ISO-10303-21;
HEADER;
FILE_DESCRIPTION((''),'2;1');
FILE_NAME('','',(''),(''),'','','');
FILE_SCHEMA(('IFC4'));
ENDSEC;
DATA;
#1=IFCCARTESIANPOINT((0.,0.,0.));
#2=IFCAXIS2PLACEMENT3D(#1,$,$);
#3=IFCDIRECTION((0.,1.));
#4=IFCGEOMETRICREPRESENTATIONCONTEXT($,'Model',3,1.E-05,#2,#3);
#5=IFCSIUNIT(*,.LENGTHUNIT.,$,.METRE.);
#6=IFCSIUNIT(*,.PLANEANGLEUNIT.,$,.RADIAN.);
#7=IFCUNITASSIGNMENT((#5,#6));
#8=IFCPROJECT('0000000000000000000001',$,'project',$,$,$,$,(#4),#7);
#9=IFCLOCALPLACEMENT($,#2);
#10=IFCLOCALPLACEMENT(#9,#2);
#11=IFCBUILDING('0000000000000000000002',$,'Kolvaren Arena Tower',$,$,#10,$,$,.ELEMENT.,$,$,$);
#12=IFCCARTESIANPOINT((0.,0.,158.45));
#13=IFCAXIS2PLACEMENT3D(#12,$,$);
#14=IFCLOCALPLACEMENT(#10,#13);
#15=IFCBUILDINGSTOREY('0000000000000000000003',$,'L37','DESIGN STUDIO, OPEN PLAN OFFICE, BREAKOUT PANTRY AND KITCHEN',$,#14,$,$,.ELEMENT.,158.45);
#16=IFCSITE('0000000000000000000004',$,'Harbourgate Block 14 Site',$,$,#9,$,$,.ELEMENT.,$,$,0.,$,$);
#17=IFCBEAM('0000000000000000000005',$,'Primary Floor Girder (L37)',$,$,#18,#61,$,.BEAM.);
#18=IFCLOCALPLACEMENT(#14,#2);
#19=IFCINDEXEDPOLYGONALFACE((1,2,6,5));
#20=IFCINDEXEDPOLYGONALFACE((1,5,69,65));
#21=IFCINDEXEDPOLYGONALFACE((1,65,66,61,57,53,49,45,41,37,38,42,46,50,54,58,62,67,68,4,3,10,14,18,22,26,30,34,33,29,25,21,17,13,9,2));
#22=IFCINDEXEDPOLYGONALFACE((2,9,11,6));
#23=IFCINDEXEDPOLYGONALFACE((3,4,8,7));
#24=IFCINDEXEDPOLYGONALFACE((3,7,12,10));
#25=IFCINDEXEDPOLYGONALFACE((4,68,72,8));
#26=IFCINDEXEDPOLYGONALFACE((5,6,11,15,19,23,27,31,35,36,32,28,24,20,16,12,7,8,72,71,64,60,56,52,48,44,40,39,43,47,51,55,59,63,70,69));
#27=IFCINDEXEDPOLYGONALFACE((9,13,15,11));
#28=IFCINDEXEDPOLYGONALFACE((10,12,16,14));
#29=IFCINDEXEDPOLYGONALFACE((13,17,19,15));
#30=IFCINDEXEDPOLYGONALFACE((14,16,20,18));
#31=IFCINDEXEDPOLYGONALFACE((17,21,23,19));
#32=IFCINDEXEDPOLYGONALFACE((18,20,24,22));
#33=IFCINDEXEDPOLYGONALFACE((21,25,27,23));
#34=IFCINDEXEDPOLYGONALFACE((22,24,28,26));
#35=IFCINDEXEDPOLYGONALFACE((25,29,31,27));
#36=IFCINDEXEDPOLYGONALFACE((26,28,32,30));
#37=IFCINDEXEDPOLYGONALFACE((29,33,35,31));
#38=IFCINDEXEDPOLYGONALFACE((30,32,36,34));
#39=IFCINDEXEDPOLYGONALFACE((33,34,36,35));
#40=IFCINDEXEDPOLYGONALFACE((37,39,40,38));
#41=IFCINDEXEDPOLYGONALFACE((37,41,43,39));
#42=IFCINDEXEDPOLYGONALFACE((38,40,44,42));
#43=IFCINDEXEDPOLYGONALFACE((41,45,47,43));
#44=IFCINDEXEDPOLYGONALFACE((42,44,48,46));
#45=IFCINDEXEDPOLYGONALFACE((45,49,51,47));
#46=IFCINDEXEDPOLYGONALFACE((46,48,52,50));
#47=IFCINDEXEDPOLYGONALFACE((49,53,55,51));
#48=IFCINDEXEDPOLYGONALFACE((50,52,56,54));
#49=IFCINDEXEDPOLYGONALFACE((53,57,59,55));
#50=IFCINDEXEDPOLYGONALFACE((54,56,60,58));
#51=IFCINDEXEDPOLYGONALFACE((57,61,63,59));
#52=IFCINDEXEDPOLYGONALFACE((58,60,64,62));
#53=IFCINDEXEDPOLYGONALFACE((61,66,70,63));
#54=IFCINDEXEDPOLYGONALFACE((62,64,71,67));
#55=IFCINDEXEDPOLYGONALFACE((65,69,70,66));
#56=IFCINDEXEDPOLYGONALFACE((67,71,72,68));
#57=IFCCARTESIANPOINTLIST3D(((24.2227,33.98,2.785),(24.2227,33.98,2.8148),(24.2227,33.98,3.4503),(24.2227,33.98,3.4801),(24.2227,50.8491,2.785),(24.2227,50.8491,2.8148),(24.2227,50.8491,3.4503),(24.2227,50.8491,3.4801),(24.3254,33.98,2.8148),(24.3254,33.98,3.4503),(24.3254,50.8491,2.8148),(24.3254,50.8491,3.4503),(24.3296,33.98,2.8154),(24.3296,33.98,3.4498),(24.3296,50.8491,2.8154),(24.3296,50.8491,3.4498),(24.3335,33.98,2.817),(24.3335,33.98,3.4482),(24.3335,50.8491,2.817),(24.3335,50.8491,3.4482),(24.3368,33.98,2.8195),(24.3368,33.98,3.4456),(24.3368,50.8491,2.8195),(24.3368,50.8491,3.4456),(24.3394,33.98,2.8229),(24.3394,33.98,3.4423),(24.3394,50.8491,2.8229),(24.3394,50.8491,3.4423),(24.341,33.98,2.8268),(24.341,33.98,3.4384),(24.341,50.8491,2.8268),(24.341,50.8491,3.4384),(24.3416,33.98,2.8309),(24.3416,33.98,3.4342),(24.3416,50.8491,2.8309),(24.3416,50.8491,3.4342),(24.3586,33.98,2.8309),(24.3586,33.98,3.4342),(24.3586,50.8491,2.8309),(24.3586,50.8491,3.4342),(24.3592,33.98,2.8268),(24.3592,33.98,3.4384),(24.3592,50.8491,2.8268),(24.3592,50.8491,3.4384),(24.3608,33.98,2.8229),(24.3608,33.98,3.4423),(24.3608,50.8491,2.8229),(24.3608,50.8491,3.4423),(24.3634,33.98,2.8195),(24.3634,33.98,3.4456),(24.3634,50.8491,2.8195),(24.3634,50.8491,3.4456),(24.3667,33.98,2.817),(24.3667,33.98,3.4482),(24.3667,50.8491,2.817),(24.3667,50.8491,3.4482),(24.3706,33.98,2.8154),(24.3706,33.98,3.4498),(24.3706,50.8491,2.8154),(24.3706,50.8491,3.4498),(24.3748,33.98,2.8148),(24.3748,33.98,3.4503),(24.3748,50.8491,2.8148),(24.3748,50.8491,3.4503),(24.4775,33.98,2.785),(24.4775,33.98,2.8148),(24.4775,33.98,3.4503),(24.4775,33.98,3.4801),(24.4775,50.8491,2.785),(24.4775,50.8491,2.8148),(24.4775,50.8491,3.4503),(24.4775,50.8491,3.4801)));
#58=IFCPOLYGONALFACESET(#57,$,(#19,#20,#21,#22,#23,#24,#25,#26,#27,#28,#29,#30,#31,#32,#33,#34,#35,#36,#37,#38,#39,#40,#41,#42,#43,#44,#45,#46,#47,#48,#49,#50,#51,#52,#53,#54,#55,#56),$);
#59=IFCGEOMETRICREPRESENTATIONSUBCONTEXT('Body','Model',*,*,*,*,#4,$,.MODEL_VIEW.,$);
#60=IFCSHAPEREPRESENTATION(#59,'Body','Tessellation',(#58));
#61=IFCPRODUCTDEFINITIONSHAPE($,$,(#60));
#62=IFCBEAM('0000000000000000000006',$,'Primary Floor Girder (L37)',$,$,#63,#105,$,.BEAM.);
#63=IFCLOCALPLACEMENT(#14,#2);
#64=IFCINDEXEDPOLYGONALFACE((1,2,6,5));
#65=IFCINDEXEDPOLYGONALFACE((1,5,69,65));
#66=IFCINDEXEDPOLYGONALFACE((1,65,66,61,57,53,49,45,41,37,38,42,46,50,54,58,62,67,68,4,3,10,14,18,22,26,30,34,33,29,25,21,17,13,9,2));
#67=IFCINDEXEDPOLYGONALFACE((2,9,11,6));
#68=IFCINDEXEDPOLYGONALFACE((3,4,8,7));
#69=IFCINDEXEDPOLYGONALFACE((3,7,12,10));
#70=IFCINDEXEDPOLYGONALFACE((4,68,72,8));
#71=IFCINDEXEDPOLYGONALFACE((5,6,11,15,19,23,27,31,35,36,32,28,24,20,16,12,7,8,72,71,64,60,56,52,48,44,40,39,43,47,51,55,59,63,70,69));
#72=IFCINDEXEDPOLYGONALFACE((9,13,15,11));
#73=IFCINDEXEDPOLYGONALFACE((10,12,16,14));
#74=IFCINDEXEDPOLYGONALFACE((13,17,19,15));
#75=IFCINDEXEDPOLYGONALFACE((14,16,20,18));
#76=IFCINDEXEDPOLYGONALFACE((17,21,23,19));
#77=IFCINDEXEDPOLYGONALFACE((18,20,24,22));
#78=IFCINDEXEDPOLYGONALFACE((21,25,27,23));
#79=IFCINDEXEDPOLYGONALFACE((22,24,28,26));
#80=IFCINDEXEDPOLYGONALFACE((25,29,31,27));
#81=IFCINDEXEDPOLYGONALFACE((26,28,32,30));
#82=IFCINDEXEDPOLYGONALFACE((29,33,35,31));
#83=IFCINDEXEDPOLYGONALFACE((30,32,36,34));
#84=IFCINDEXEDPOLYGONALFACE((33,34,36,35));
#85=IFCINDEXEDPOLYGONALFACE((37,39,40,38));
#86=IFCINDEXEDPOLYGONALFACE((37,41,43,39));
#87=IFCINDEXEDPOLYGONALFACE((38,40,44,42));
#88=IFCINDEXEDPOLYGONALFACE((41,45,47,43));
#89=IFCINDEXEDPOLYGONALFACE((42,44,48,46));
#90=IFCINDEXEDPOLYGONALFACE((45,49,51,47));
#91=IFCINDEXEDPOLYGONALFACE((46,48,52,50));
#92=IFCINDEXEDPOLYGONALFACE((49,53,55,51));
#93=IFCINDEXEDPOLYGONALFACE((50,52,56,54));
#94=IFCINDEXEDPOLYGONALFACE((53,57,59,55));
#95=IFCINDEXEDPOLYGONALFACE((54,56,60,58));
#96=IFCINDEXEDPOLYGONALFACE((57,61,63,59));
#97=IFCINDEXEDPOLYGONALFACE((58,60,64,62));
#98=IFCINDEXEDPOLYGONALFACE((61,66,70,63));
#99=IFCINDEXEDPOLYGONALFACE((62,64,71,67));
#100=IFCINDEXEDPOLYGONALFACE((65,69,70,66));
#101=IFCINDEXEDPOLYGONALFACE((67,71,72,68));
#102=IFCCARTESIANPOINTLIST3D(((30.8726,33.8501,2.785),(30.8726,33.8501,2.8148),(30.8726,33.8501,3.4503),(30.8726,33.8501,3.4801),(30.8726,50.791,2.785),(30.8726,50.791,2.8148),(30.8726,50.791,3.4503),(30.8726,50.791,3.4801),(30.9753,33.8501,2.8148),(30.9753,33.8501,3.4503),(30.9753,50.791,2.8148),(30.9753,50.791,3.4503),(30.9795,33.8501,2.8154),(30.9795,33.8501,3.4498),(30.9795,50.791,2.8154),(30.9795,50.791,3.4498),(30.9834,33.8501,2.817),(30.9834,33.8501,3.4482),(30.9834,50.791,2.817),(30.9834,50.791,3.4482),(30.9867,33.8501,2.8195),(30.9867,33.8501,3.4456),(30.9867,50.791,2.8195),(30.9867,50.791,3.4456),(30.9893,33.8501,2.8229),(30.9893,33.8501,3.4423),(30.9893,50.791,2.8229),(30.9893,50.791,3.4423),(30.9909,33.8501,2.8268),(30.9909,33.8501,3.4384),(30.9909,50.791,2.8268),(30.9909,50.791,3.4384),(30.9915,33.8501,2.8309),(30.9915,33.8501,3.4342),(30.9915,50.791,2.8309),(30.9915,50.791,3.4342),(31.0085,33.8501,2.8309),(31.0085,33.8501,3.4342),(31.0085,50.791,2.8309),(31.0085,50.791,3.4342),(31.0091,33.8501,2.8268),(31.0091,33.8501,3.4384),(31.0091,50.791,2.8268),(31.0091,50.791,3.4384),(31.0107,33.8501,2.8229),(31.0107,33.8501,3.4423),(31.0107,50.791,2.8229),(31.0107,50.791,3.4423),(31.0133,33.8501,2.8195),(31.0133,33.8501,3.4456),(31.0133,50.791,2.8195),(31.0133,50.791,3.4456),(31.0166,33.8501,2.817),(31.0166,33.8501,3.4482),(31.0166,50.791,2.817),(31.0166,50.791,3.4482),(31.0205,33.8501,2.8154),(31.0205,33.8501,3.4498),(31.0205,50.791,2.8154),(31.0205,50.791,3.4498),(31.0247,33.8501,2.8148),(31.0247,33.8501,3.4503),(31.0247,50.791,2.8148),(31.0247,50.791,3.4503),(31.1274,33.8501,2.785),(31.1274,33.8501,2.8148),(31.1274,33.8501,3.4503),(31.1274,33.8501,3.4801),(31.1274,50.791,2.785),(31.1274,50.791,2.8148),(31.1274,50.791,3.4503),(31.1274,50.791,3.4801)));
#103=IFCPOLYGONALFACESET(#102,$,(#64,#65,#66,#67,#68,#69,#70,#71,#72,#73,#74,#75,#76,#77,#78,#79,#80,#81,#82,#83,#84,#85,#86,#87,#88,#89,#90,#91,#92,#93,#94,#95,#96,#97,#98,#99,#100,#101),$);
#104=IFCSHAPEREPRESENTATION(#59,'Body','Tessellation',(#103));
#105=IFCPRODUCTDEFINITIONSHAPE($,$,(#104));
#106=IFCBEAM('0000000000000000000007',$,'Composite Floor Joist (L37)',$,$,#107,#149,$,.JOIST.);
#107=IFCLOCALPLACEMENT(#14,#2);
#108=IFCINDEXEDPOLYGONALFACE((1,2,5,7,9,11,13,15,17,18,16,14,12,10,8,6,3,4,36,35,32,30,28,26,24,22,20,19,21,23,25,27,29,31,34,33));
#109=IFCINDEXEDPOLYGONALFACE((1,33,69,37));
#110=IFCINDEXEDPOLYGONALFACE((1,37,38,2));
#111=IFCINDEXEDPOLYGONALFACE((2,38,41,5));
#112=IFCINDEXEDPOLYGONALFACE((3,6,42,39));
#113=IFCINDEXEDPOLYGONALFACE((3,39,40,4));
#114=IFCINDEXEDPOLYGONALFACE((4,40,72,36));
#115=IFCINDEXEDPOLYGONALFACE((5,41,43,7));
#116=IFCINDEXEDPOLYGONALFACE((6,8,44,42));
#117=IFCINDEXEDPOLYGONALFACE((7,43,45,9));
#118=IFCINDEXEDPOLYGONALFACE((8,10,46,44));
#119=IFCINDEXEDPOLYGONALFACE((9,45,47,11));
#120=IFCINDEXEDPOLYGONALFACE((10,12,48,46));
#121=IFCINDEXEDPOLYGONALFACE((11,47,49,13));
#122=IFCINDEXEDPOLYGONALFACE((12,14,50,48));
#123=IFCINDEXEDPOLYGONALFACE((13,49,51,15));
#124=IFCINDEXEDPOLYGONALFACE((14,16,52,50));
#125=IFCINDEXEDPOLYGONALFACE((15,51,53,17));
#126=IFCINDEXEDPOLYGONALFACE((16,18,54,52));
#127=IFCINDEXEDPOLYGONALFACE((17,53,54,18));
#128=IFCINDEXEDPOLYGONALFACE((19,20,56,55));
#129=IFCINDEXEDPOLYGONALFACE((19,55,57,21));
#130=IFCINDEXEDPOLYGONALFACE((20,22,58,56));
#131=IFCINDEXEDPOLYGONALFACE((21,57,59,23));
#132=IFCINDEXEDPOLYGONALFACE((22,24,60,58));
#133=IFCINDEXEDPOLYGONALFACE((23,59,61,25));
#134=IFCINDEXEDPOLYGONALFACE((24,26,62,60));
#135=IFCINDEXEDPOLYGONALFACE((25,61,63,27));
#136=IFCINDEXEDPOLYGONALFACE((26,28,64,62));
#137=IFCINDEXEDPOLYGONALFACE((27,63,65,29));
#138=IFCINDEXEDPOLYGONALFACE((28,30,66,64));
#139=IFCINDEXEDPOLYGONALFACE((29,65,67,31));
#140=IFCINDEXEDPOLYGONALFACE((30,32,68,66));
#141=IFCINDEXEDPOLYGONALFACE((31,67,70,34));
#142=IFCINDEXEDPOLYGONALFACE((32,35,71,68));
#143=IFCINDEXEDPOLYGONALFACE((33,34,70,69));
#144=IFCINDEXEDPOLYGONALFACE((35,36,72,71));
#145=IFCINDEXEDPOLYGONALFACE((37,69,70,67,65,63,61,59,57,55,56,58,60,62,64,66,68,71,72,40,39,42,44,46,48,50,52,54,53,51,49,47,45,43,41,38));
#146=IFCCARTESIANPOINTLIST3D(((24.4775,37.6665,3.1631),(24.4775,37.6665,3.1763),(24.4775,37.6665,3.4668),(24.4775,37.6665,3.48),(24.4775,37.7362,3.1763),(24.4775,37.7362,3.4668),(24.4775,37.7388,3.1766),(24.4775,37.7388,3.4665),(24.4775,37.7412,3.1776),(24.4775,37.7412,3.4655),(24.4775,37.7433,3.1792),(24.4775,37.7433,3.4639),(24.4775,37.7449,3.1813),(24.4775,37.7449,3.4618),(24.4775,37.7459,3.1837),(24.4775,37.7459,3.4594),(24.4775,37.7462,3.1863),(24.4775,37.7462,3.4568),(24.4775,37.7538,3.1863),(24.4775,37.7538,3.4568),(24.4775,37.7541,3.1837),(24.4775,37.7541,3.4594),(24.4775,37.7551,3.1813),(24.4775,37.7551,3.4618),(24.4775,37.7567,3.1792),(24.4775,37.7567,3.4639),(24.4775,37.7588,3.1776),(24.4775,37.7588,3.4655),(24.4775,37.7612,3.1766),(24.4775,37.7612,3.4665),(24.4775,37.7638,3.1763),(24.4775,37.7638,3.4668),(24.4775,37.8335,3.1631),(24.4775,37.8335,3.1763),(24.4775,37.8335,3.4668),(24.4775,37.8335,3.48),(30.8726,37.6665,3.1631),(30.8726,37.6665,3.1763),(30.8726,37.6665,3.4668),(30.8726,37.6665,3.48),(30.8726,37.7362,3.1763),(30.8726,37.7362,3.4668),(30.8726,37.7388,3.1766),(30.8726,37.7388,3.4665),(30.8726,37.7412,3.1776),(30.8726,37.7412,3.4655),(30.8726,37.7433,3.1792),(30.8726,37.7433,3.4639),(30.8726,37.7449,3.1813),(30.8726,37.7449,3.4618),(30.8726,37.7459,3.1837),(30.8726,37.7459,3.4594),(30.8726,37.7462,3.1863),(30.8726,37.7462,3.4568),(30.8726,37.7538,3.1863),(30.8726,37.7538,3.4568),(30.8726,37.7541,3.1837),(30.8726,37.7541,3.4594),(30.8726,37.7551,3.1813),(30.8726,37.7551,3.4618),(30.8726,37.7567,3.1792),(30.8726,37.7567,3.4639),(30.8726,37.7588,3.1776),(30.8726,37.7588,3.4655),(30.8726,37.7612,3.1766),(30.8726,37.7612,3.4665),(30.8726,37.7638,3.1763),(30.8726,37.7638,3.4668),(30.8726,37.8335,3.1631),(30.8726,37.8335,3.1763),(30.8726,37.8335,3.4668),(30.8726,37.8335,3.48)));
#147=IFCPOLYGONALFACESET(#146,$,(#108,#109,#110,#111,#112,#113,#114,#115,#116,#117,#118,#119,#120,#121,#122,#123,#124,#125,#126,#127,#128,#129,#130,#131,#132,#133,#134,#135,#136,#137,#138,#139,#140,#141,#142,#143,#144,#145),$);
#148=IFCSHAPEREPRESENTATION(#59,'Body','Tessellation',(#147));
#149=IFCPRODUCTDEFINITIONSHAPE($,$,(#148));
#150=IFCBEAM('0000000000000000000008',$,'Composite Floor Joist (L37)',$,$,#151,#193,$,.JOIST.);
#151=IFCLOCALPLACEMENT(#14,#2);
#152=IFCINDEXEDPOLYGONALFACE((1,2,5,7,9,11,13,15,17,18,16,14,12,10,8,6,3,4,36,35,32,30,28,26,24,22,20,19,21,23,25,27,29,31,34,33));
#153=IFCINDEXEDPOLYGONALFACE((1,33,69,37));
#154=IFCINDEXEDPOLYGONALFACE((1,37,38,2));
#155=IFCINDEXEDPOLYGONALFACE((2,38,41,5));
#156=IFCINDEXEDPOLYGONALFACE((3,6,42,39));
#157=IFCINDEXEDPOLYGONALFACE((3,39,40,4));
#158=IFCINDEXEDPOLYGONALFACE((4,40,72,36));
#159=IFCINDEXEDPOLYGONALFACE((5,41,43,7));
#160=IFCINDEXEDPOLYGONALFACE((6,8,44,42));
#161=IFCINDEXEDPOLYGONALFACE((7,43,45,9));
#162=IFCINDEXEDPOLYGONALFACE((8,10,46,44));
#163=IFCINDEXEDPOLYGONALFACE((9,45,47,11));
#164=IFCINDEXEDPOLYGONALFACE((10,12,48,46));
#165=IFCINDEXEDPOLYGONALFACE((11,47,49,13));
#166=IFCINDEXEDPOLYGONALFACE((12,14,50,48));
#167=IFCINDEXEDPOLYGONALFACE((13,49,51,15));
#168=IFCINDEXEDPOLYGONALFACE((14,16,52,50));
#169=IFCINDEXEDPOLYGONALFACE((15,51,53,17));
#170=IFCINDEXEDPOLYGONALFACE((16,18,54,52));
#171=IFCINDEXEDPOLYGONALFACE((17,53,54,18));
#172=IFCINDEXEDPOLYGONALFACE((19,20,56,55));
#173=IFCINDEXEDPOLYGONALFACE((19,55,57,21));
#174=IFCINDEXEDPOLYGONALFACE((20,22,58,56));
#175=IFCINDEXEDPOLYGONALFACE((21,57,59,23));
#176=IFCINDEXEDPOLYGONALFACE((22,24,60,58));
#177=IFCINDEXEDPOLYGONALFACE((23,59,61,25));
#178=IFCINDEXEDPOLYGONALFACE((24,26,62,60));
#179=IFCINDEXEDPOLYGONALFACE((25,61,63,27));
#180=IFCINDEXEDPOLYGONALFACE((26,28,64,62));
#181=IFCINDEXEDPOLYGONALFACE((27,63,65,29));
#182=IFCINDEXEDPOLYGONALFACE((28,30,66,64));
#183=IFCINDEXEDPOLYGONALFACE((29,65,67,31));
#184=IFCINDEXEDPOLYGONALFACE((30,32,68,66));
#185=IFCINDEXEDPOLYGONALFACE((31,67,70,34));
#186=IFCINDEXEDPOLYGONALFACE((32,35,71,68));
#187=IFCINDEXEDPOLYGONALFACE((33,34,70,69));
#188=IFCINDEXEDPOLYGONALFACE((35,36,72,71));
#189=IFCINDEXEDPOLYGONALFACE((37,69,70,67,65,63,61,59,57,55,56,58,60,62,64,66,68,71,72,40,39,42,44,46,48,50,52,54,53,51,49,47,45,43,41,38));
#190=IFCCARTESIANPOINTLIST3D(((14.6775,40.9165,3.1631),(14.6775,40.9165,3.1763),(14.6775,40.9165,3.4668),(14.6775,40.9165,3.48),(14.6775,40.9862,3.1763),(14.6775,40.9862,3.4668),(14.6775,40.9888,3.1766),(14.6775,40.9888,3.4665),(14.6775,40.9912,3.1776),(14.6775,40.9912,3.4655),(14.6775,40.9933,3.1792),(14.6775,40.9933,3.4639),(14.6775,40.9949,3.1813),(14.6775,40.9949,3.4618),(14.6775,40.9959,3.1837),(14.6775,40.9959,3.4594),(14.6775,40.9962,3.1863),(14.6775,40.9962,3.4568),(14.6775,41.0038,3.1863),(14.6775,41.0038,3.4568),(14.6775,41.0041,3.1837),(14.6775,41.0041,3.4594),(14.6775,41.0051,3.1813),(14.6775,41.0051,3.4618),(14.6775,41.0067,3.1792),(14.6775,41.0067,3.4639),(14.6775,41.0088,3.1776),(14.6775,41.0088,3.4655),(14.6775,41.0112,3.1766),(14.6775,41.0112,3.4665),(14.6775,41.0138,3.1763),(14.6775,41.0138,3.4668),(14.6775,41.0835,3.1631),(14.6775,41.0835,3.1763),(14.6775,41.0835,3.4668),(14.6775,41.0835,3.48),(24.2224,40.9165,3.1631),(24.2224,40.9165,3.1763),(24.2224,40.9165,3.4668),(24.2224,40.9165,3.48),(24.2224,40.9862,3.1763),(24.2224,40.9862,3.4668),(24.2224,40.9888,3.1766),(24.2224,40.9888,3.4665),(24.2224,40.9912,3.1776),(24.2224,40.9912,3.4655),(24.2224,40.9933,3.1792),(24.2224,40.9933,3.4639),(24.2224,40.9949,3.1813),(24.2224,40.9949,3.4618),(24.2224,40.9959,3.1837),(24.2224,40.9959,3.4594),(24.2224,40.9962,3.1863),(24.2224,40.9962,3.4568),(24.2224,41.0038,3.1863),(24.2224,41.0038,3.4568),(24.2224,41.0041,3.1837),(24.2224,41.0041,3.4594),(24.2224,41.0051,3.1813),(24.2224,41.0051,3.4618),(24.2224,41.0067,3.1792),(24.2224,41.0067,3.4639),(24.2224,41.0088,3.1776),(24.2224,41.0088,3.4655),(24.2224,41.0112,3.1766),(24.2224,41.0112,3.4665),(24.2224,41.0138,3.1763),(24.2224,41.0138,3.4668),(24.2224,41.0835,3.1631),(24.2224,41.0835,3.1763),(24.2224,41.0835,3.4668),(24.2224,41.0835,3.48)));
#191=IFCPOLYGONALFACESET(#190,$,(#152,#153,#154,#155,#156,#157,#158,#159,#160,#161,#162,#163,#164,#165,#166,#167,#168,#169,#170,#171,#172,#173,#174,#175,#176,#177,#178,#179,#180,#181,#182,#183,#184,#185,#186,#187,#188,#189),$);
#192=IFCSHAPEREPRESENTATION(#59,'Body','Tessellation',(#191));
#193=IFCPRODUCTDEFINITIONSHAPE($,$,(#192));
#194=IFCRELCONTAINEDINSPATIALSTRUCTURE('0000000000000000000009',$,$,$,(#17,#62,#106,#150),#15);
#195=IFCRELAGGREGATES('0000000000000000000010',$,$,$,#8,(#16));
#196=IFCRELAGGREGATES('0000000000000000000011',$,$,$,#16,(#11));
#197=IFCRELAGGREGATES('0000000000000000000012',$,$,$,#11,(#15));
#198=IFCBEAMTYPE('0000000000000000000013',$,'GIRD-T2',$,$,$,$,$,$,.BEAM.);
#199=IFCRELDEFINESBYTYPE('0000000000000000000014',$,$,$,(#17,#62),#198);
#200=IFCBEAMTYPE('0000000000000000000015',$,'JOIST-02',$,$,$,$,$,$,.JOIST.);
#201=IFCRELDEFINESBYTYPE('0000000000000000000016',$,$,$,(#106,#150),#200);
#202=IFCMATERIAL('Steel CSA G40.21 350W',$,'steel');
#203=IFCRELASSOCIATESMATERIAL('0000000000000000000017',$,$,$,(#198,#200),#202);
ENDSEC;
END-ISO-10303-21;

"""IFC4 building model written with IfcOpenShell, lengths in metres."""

from ifc_helpers import new_model, si_unit, direction, frame, origin, origin_2d, place, context, subcontext, project, spatial, i_section, extrude, material, material_profile, profile_set, type_object, element, save


model = new_model("IFC4")

# Units and contexts
model_context = context("Model", 3, precision=1e-05, world=origin(), true_north=direction((0.0, 1.0)))
body_context = subcontext(model_context, "Body", "Model", "MODEL_VIEW")
ifc_project = project(units=[si_unit("LENGTHUNIT", "METRE"), si_unit("PLANEANGLEUNIT", "RADIAN")], contexts=[model_context])

# Site, building, storey
site_placement = place(None, origin())
site = spatial("IfcSite", under=ifc_project, at=site_placement, Name="Harbourgate Block 14 Site", CompositionType="ELEMENT", RefElevation=0.0)
building_placement = place(site_placement, origin())
building = spatial("IfcBuilding", under=site, at=building_placement, Name="Kolvaren Arena Tower", CompositionType="ELEMENT")
storey_placement = place(building_placement, frame((0.0, 0.0, 158.45)))
storey = spatial("IfcBuildingStorey", under=building, at=storey_placement, Name="L37", Description="DESIGN STUDIO, OPEN PLAN OFFICE, BREAKOUT PANTRY AND KITCHEN", CompositionType="ELEMENT", Elevation=158.45)

# Beams
ifc_material_1 = material(Name="Steel CSA G40.21 350W", Category="steel")
ifc_material_profile_1 = material_profile(ifc_material_1, i_section(OverallWidth=0.2549, OverallDepth=0.6951, WebThickness=0.0171, FlangeThickness=0.0298, FilletRadius=0.0161, at=origin_2d()), Name="W690x217")
ifc_profile_set_1 = profile_set([ifc_material_profile_1], Name="Steel CSA G40.21 350W")
beam_type_1 = type_object("IfcBeamType", Name="GIRD-T2", PredefinedType="BEAM", material=ifc_profile_set_1)
beam_1_placement = place(storey_placement, frame((24.3501, 33.98, 3.1326), z_axis=(0.0, 1.0, 0.0), x_axis=(-1.0, 0.0, 0.0)))
element("IfcBeam", 1, at=beam_1_placement, inside=storey, type_object=beam_type_1, Name="Primary Floor Girder (L37)", PredefinedType="BEAM", context=body_context, shape_type="SweptSolid", body=[
    extrude(i_section(OverallWidth=0.2549, OverallDepth=0.6951, WebThickness=0.0171, FlangeThickness=0.0298, FilletRadius=0.0161, at=origin_2d()), origin(), (0.0, 0.0, 1.0), 16.8691),
])
beam_2_placement = place(storey_placement, frame((31.0, 33.8501, 3.1326), z_axis=(0.0, 1.0, 0.0), x_axis=(-1.0, 0.0, 0.0)))
element("IfcBeam", 2, at=beam_2_placement, inside=storey, type_object=beam_type_1, Name="Primary Floor Girder (L37)", PredefinedType="BEAM", context=body_context, shape_type="SweptSolid", body=[
    extrude(i_section(OverallWidth=0.2549, OverallDepth=0.6951, WebThickness=0.0171, FlangeThickness=0.0298, FilletRadius=0.0161, at=origin_2d()), origin(), (0.0, 0.0, 1.0), 16.9409),
])
ifc_material_profile_2 = material_profile(ifc_material_1, i_section(OverallWidth=0.167, OverallDepth=0.3169, WebThickness=0.0076, FlangeThickness=0.0132, FilletRadius=0.01, at=origin_2d()), Name="W310x52")
ifc_profile_set_2 = profile_set([ifc_material_profile_2], Name="Steel CSA G40.21 350W")
beam_type_2 = type_object("IfcBeamType", Name="JOIST-02", PredefinedType="JOIST", material=ifc_profile_set_2)
beam_3_placement = place(storey_placement, frame((24.4775, 37.75, 3.3215), z_axis=(1.0, 0.0, 0.0), x_axis=(0.0, 1.0, 0.0)))
element("IfcBeam", 3, at=beam_3_placement, inside=storey, type_object=beam_type_2, Name="Composite Floor Joist (L37)", PredefinedType="JOIST", context=body_context, shape_type="SweptSolid", body=[
    extrude(i_section(OverallWidth=0.167, OverallDepth=0.3169, WebThickness=0.0076, FlangeThickness=0.0132, FilletRadius=0.01, at=origin_2d()), origin(), (0.0, 0.0, 1.0), 6.395),
])
beam_4_placement = place(storey_placement, frame((14.6775, 41.0, 3.3215), z_axis=(1.0, 0.0, 0.0), x_axis=(0.0, 1.0, 0.0)))
element("IfcBeam", 4, at=beam_4_placement, inside=storey, type_object=beam_type_2, Name="Composite Floor Joist (L37)", PredefinedType="JOIST", context=body_context, shape_type="SweptSolid", body=[
    extrude(i_section(OverallWidth=0.167, OverallDepth=0.3169, WebThickness=0.0076, FlangeThickness=0.0132, FilletRadius=0.01, at=origin_2d()), origin(), (0.0, 0.0, 1.0), 9.5449),
])

save(model, "model.ifc")
